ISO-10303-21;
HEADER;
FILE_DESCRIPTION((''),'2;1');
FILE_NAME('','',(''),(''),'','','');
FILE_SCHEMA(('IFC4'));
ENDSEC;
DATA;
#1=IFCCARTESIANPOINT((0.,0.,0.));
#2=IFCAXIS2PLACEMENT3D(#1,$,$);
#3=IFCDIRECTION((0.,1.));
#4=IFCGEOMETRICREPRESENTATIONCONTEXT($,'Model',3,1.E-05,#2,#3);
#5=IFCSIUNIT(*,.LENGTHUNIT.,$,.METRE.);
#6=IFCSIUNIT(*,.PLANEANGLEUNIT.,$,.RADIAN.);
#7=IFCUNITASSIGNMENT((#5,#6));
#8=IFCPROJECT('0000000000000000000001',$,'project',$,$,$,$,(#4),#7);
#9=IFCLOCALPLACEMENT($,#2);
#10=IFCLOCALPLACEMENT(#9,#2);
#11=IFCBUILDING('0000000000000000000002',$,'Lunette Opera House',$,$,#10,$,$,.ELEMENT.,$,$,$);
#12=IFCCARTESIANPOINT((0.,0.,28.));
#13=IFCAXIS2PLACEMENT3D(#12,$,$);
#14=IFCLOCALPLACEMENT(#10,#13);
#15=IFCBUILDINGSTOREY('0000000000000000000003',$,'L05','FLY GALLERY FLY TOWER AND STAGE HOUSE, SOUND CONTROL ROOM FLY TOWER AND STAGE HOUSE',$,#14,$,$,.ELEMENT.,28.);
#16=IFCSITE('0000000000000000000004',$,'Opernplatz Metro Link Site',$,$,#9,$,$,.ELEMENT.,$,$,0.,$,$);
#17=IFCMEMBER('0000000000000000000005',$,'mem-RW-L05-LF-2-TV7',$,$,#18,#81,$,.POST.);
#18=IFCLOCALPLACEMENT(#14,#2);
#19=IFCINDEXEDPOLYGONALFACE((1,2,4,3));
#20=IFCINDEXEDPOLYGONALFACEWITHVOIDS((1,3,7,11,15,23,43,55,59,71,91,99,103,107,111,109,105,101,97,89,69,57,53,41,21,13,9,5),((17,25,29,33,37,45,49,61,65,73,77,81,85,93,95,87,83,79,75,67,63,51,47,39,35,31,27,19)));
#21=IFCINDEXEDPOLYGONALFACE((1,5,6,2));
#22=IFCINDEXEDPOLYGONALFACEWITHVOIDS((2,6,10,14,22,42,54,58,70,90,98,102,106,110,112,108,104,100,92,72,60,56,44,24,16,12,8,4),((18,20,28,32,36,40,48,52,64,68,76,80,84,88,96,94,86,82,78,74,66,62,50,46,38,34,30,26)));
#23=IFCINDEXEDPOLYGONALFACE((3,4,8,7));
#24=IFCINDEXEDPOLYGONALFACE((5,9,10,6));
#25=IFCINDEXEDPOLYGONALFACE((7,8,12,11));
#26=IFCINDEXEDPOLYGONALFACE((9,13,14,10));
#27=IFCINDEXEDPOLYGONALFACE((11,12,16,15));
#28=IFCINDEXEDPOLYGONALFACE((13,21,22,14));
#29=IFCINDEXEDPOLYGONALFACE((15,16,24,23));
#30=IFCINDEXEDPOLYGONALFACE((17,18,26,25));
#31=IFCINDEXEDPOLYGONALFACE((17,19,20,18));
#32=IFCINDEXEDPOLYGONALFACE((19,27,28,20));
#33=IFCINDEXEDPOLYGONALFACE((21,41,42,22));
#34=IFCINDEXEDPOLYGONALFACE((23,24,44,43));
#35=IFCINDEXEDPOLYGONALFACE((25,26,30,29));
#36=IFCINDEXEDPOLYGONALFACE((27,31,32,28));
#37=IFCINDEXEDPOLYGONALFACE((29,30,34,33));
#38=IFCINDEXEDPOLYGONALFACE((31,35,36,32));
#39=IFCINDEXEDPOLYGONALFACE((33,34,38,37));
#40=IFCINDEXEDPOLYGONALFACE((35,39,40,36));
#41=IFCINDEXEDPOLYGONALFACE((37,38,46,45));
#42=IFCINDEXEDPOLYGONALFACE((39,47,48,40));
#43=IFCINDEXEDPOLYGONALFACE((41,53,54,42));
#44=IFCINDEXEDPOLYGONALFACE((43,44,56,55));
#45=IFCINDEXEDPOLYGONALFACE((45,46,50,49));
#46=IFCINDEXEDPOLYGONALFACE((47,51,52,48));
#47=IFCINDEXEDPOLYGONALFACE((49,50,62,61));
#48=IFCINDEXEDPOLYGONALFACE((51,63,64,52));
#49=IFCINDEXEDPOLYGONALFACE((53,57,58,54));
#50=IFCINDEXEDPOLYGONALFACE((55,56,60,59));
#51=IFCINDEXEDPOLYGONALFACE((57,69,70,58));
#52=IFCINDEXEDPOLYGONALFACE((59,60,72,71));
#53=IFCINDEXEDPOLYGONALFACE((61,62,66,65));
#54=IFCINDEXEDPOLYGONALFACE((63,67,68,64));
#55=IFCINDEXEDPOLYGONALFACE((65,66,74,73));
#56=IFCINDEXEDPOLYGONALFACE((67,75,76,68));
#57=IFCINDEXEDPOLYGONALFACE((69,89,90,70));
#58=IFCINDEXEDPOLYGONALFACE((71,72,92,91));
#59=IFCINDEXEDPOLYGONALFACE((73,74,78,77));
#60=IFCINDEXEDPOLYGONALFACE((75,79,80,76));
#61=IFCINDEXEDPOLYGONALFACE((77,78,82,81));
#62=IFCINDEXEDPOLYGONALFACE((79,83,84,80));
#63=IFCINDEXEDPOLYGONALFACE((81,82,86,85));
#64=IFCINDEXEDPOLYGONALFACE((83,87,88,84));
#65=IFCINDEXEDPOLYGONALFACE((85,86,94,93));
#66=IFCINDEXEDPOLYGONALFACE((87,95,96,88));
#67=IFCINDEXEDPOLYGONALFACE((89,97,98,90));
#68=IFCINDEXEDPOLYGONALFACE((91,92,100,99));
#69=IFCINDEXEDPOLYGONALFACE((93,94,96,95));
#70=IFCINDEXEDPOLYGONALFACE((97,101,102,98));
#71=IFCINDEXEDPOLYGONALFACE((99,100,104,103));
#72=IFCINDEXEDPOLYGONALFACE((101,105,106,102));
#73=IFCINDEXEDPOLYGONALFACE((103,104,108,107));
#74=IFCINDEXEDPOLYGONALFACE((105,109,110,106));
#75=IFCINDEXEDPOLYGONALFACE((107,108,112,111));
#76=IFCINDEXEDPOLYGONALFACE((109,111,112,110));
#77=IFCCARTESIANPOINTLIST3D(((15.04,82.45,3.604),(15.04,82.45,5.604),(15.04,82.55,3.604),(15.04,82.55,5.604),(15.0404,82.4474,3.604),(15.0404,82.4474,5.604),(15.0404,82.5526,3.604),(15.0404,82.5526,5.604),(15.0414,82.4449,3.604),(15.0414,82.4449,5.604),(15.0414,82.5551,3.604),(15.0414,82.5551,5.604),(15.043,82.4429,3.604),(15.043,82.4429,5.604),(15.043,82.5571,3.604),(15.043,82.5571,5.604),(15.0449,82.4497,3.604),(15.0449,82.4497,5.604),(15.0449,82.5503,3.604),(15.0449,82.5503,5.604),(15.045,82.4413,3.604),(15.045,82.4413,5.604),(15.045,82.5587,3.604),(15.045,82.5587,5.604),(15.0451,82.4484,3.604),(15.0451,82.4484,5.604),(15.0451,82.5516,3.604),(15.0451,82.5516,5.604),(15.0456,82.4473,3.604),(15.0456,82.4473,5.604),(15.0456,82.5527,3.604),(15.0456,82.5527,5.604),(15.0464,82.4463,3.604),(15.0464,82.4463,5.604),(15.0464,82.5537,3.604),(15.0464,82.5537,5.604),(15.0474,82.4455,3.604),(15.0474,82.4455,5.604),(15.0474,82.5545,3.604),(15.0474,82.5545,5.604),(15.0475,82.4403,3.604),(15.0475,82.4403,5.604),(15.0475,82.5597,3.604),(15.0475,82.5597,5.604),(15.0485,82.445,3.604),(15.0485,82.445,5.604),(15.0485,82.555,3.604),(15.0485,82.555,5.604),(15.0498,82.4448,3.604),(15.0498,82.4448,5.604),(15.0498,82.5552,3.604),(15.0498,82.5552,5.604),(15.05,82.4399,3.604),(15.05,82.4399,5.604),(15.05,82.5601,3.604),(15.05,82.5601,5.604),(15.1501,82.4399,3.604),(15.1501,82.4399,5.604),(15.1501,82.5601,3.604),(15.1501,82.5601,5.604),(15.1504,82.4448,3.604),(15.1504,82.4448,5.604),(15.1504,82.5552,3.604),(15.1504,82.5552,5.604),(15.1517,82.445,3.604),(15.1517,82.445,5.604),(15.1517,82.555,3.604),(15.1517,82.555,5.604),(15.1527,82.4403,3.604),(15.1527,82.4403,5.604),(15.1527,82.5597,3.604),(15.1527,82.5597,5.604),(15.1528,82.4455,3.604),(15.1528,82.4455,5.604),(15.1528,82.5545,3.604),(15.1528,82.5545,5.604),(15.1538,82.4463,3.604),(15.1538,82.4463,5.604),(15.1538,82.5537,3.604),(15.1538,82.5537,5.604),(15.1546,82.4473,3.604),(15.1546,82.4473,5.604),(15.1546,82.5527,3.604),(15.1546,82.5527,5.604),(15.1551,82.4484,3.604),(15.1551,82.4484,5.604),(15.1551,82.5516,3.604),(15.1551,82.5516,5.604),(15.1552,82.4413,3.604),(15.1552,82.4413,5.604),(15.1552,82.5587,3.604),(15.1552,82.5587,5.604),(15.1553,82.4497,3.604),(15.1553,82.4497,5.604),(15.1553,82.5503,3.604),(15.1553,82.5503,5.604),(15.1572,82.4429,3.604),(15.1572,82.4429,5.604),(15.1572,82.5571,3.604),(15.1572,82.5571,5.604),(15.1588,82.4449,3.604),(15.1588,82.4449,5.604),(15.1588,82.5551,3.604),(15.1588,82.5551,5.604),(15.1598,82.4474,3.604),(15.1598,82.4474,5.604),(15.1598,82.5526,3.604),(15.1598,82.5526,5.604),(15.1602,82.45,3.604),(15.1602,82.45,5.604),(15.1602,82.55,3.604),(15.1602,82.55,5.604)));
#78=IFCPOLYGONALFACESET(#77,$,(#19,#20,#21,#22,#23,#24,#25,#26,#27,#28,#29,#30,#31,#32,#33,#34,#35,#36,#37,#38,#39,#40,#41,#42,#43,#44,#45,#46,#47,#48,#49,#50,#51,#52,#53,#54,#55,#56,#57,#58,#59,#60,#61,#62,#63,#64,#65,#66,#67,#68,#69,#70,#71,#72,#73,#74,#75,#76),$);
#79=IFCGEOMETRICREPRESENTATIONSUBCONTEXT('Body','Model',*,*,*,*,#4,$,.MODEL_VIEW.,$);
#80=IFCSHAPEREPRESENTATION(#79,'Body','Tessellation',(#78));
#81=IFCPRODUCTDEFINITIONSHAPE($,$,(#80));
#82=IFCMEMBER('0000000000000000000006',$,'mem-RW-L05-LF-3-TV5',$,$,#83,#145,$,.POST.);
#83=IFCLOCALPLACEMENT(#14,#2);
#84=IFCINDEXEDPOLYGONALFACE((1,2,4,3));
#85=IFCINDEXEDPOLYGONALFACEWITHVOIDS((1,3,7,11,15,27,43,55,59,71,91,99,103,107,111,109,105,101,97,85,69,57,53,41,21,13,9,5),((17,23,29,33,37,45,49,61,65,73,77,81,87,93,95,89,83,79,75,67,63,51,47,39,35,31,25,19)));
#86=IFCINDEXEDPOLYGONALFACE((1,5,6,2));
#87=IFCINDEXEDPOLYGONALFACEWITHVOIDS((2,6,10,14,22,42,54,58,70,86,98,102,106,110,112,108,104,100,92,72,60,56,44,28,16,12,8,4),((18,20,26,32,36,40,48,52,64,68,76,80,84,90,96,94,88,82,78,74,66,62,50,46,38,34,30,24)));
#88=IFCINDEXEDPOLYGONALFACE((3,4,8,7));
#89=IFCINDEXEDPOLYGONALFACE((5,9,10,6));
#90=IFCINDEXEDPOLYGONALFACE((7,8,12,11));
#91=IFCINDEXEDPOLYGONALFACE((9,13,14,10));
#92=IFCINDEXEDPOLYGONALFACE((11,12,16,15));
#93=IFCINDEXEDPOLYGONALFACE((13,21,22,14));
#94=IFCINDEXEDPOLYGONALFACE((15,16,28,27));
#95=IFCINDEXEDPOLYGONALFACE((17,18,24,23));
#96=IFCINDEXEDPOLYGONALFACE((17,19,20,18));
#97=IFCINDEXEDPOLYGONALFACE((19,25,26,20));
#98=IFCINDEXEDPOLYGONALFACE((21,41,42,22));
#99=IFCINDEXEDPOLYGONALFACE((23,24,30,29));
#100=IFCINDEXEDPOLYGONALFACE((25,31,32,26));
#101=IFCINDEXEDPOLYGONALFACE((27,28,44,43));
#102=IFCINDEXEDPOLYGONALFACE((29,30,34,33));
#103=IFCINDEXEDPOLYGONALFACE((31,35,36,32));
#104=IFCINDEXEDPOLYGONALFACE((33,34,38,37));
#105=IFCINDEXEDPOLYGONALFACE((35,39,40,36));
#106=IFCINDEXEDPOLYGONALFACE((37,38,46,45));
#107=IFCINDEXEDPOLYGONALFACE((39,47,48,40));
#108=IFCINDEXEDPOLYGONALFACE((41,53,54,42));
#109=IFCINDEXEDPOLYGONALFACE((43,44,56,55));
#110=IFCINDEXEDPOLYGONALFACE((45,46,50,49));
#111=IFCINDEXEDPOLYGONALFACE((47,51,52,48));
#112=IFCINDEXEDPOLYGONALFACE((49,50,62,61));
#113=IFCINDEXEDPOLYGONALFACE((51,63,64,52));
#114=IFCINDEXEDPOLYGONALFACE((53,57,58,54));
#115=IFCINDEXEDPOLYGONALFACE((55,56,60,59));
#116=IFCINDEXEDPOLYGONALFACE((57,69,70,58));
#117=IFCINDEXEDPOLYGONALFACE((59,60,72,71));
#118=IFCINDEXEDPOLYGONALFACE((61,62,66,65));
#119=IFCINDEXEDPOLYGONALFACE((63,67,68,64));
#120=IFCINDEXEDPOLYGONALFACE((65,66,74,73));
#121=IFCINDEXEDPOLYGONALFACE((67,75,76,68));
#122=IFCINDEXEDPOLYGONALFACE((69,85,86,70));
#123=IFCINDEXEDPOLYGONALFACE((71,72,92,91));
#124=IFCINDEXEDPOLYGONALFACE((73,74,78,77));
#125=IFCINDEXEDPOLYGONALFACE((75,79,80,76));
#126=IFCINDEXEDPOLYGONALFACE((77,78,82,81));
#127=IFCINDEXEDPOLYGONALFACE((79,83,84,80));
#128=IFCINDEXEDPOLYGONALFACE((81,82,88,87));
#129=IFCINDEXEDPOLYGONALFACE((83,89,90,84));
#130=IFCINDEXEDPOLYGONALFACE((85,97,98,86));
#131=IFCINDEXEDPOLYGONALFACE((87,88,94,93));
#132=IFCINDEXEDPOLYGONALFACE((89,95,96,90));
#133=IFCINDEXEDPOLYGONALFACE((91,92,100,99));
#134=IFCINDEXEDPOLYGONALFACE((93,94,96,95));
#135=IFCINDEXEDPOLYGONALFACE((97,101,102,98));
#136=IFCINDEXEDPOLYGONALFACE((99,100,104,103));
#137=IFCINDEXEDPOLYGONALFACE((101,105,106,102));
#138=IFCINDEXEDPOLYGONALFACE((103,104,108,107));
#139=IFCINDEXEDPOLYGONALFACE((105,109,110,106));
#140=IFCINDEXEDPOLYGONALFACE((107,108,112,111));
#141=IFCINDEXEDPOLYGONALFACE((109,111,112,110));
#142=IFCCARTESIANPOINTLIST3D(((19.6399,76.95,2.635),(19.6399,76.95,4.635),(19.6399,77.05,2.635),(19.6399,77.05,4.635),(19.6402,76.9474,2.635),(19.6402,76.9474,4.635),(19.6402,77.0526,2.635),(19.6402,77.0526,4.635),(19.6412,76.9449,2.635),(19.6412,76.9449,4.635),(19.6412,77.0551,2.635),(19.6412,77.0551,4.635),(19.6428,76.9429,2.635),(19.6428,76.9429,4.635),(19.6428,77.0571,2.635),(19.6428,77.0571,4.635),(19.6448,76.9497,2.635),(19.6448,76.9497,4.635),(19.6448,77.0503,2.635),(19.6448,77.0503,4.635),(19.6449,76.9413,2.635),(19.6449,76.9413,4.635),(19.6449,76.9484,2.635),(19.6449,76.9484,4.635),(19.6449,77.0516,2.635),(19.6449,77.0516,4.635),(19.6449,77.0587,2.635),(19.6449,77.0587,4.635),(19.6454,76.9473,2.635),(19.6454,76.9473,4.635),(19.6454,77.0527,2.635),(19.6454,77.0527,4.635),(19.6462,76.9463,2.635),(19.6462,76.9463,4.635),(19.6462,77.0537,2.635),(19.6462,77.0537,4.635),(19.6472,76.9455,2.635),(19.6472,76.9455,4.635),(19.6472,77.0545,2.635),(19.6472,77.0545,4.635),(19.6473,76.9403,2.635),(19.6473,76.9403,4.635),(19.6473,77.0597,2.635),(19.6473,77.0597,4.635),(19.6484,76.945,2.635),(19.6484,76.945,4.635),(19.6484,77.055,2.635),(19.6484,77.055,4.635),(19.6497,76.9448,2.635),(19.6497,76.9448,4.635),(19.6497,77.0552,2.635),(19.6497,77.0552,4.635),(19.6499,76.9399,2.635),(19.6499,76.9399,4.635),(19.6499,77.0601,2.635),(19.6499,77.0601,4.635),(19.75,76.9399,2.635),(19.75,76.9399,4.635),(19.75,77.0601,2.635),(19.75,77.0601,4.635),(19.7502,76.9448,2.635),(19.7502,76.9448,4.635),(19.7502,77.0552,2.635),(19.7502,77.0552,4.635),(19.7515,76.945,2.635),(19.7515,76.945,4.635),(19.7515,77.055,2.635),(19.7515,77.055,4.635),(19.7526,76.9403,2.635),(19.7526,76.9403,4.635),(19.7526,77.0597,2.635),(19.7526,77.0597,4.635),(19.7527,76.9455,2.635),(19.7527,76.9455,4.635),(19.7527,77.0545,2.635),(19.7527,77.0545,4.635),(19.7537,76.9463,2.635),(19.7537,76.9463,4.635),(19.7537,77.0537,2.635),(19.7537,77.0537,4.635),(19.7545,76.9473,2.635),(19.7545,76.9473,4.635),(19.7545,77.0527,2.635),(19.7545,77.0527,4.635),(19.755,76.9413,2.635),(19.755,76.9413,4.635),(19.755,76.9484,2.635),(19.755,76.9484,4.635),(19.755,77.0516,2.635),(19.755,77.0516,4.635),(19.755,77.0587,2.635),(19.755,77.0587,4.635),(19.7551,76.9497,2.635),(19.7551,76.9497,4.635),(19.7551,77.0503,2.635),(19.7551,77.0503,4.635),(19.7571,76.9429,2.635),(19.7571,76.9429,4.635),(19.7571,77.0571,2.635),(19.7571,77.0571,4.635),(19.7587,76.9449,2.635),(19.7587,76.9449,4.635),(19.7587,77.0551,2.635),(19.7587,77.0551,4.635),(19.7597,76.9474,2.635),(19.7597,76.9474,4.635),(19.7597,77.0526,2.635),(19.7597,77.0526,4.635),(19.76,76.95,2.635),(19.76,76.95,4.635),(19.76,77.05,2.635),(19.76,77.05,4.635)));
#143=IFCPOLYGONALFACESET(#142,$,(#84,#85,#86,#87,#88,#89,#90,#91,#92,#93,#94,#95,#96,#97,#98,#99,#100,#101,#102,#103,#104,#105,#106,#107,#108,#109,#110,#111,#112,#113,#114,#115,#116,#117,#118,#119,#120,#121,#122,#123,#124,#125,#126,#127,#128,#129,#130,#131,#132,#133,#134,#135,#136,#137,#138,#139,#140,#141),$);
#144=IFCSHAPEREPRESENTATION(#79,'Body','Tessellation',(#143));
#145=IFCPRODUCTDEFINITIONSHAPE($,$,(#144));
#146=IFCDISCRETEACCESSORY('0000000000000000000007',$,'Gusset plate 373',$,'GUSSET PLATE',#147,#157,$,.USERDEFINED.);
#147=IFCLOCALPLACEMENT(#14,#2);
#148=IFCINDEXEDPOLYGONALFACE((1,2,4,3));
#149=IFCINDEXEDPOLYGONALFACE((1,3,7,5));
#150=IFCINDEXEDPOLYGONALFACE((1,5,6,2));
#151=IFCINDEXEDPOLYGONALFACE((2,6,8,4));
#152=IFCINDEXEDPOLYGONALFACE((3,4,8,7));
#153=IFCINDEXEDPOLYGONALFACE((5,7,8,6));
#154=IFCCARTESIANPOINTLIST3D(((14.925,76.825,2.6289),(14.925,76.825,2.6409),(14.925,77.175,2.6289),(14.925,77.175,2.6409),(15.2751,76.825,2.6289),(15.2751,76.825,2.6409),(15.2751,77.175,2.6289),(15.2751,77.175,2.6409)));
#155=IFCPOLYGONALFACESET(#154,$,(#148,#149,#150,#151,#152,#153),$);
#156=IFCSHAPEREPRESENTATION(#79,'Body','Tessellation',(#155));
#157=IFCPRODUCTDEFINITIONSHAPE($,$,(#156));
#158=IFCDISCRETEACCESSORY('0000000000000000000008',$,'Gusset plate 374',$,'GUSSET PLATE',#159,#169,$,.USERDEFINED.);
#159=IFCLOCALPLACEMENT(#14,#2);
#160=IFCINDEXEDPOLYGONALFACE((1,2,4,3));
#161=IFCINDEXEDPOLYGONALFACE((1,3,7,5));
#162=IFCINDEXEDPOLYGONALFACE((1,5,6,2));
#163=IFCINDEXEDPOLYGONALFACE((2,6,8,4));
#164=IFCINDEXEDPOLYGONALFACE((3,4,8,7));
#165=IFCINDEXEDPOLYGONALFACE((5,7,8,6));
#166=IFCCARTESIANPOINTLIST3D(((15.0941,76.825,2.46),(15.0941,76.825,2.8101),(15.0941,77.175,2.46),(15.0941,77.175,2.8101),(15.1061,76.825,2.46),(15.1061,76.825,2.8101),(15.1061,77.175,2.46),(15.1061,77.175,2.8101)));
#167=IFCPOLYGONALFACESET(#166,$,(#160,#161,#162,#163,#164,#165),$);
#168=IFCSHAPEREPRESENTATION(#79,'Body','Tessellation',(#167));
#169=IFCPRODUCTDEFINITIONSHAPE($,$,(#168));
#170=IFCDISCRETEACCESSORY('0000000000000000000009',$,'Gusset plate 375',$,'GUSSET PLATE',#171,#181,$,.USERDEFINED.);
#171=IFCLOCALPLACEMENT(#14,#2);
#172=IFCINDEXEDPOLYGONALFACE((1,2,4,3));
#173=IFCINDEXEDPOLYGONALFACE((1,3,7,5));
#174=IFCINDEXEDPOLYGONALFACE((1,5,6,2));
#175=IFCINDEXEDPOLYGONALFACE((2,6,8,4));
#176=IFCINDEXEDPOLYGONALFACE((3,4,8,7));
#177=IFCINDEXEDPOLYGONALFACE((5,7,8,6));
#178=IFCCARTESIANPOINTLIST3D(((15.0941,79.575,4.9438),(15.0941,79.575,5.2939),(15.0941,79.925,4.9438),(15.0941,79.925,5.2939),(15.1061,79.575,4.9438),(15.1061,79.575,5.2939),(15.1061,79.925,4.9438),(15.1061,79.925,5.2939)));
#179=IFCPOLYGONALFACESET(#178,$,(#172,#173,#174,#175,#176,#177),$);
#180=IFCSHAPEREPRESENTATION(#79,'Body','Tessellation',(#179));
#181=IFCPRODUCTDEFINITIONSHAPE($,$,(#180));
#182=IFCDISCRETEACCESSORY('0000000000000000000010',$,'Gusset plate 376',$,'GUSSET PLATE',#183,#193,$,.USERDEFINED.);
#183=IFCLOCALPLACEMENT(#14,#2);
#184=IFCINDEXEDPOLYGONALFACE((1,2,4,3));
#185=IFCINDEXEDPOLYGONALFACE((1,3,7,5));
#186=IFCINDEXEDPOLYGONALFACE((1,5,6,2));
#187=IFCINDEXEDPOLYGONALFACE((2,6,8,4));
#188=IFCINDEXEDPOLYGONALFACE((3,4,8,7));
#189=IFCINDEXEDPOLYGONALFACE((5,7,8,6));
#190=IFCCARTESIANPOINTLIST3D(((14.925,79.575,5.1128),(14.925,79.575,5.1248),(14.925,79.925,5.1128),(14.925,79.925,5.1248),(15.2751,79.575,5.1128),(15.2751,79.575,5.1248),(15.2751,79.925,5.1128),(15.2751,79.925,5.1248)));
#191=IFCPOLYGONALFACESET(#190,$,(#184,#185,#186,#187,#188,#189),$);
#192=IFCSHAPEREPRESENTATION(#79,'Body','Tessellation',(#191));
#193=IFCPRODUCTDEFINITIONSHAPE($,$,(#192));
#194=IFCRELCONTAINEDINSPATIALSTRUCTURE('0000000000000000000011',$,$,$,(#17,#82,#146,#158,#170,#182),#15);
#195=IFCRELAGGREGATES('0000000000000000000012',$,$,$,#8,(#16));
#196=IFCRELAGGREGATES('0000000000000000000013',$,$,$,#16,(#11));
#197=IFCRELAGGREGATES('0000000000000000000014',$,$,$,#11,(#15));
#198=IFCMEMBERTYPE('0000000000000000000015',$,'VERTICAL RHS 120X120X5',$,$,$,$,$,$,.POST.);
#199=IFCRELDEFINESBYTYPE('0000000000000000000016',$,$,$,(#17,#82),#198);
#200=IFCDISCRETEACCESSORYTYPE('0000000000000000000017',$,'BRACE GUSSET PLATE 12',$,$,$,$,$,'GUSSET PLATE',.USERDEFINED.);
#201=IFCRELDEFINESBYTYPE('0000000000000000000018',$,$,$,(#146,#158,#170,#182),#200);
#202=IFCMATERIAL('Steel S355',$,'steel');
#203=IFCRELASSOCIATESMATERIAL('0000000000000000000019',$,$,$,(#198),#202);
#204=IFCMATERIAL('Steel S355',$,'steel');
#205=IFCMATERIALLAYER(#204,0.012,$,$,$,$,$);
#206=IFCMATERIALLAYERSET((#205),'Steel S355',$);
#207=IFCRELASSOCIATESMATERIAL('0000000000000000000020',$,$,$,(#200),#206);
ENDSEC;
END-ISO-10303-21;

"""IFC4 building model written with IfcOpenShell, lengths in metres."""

from ifc_helpers import new_model, si_unit, direction, frame, origin, origin_2d, place, context, subcontext, project, spatial, rectangle, hollow_rectangle, extrude, material, layer, layer_set, material_profile, profile_set, type_object, element, save


model = new_model("IFC4")

# Units and contexts
model_context = context("Model", 3, precision=1e-05, world=origin(), true_north=direction((0.0, 1.0)))
body_context = subcontext(model_context, "Body", "Model", "MODEL_VIEW")
ifc_project = project(units=[si_unit("LENGTHUNIT", "METRE"), si_unit("PLANEANGLEUNIT", "RADIAN")], contexts=[model_context])

# Site, building, storey
site_placement = place(None, origin())
site = spatial("IfcSite", under=ifc_project, at=site_placement, Name="Opernplatz Metro Link Site", CompositionType="ELEMENT", RefElevation=0.0)
building_placement = place(site_placement, origin())
building = spatial("IfcBuilding", under=site, at=building_placement, Name="Lunette Opera House", CompositionType="ELEMENT")
storey_placement = place(building_placement, frame((0.0, 0.0, 28.0)))
storey = spatial("IfcBuildingStorey", under=building, at=storey_placement, Name="L05", Description="FLY GALLERY FLY TOWER AND STAGE HOUSE, SOUND CONTROL ROOM FLY TOWER AND STAGE HOUSE", CompositionType="ELEMENT", Elevation=28.0)

# Members
ifc_material_1 = material(Name="Steel S355", Category="steel")
ifc_material_profile_1 = material_profile(ifc_material_1, hollow_rectangle(XDim=0.1201, YDim=0.1201, WallThickness=0.0049, InnerFilletRadius=0.0049, OuterFilletRadius=0.01, at=origin_2d()), Name="RHS 120X120X5")
ifc_profile_set_1 = profile_set([ifc_material_profile_1], Name="Steel S355")
member_type_1 = type_object("IfcMemberType", Name="VERTICAL RHS 120X120X5", PredefinedType="POST", material=ifc_profile_set_1)
for number, where, z_axis, x_axis, name in (
    (1, (15.1001, 82.5, 3.604), (0.0, 0.0, 1.0), (1.0, 0.0, 0.0), "mem-RW-L05-LF-2-TV7"),
    (2, (19.7, 77.0, 2.635), (0.0, 0.0, 1.0), (1.0, 0.0, 0.0), "mem-RW-L05-LF-3-TV5"),
):
    element("IfcMember", number, at=place(storey_placement, frame(where, z_axis=z_axis, x_axis=x_axis)), inside=storey, type_object=member_type_1, Name=name, PredefinedType="POST", context=body_context, shape_type="SweptSolid", body=[
        extrude(hollow_rectangle(XDim=0.1201, YDim=0.1201, WallThickness=0.0049, InnerFilletRadius=0.0049, OuterFilletRadius=0.01, at=origin_2d()), origin(), (0.0, 0.0, 1.0), 2.0),
    ])

# Discrete accessories
ifc_material_2 = material(Name="Steel S355", Category="steel")
ifc_layer = layer(ifc_material_2, 0.012)
ifc_layer_set = layer_set([ifc_layer], Name="Steel S355")
discrete_accessory_type = type_object("IfcDiscreteAccessoryType", Name="BRACE GUSSET PLATE 12", ElementType="GUSSET PLATE", PredefinedType="USERDEFINED", material=ifc_layer_set)
discrete_accessory_1_placement = place(storey_placement, frame((15.1001, 77.0, 2.6289), z_axis=(0.0, 0.0, 1.0), x_axis=(0.0, 1.0, 0.0)))
element("IfcDiscreteAccessory", 3, at=discrete_accessory_1_placement, inside=storey, type_object=discrete_accessory_type, Name="Gusset plate 373", ObjectType="GUSSET PLATE", PredefinedType="USERDEFINED", context=body_context, shape_type="SweptSolid", body=[
    extrude(rectangle(XDim=0.3501, YDim=0.3501, at=origin_2d()), origin(), (0.0, 0.0, 1.0), 0.012),
])
for number, where, z_axis, x_axis, name in (
    (4, (15.1001, 77.0, 2.46), (0.0, 0.0, 1.0), (0.0, 1.0, 0.0), "Gusset plate 374"),
    (5, (15.1001, 79.75, 4.9438), (0.0, 0.0, 1.0), (0.0, 1.0, 0.0), "Gusset plate 375"),
):
    element("IfcDiscreteAccessory", number, at=place(storey_placement, frame(where, z_axis=z_axis, x_axis=x_axis)), inside=storey, type_object=discrete_accessory_type, Name=name, ObjectType="GUSSET PLATE", PredefinedType="USERDEFINED", context=body_context, shape_type="SweptSolid", body=[
        extrude(rectangle(XDim=0.3501, YDim=0.012, at=origin_2d()), origin(), (0.0, 0.0, 1.0), 0.3501),
    ])
discrete_accessory_2_placement = place(storey_placement, frame((15.1001, 79.75, 5.1128), z_axis=(0.0, 0.0, 1.0), x_axis=(0.0, 1.0, 0.0)))
element("IfcDiscreteAccessory", 6, at=discrete_accessory_2_placement, inside=storey, type_object=discrete_accessory_type, Name="Gusset plate 376", ObjectType="GUSSET PLATE", PredefinedType="USERDEFINED", context=body_context, shape_type="SweptSolid", body=[
    extrude(rectangle(XDim=0.3501, YDim=0.3501, at=origin_2d()), origin(), (0.0, 0.0, 1.0), 0.012),
])

save(model, "model.ifc")
